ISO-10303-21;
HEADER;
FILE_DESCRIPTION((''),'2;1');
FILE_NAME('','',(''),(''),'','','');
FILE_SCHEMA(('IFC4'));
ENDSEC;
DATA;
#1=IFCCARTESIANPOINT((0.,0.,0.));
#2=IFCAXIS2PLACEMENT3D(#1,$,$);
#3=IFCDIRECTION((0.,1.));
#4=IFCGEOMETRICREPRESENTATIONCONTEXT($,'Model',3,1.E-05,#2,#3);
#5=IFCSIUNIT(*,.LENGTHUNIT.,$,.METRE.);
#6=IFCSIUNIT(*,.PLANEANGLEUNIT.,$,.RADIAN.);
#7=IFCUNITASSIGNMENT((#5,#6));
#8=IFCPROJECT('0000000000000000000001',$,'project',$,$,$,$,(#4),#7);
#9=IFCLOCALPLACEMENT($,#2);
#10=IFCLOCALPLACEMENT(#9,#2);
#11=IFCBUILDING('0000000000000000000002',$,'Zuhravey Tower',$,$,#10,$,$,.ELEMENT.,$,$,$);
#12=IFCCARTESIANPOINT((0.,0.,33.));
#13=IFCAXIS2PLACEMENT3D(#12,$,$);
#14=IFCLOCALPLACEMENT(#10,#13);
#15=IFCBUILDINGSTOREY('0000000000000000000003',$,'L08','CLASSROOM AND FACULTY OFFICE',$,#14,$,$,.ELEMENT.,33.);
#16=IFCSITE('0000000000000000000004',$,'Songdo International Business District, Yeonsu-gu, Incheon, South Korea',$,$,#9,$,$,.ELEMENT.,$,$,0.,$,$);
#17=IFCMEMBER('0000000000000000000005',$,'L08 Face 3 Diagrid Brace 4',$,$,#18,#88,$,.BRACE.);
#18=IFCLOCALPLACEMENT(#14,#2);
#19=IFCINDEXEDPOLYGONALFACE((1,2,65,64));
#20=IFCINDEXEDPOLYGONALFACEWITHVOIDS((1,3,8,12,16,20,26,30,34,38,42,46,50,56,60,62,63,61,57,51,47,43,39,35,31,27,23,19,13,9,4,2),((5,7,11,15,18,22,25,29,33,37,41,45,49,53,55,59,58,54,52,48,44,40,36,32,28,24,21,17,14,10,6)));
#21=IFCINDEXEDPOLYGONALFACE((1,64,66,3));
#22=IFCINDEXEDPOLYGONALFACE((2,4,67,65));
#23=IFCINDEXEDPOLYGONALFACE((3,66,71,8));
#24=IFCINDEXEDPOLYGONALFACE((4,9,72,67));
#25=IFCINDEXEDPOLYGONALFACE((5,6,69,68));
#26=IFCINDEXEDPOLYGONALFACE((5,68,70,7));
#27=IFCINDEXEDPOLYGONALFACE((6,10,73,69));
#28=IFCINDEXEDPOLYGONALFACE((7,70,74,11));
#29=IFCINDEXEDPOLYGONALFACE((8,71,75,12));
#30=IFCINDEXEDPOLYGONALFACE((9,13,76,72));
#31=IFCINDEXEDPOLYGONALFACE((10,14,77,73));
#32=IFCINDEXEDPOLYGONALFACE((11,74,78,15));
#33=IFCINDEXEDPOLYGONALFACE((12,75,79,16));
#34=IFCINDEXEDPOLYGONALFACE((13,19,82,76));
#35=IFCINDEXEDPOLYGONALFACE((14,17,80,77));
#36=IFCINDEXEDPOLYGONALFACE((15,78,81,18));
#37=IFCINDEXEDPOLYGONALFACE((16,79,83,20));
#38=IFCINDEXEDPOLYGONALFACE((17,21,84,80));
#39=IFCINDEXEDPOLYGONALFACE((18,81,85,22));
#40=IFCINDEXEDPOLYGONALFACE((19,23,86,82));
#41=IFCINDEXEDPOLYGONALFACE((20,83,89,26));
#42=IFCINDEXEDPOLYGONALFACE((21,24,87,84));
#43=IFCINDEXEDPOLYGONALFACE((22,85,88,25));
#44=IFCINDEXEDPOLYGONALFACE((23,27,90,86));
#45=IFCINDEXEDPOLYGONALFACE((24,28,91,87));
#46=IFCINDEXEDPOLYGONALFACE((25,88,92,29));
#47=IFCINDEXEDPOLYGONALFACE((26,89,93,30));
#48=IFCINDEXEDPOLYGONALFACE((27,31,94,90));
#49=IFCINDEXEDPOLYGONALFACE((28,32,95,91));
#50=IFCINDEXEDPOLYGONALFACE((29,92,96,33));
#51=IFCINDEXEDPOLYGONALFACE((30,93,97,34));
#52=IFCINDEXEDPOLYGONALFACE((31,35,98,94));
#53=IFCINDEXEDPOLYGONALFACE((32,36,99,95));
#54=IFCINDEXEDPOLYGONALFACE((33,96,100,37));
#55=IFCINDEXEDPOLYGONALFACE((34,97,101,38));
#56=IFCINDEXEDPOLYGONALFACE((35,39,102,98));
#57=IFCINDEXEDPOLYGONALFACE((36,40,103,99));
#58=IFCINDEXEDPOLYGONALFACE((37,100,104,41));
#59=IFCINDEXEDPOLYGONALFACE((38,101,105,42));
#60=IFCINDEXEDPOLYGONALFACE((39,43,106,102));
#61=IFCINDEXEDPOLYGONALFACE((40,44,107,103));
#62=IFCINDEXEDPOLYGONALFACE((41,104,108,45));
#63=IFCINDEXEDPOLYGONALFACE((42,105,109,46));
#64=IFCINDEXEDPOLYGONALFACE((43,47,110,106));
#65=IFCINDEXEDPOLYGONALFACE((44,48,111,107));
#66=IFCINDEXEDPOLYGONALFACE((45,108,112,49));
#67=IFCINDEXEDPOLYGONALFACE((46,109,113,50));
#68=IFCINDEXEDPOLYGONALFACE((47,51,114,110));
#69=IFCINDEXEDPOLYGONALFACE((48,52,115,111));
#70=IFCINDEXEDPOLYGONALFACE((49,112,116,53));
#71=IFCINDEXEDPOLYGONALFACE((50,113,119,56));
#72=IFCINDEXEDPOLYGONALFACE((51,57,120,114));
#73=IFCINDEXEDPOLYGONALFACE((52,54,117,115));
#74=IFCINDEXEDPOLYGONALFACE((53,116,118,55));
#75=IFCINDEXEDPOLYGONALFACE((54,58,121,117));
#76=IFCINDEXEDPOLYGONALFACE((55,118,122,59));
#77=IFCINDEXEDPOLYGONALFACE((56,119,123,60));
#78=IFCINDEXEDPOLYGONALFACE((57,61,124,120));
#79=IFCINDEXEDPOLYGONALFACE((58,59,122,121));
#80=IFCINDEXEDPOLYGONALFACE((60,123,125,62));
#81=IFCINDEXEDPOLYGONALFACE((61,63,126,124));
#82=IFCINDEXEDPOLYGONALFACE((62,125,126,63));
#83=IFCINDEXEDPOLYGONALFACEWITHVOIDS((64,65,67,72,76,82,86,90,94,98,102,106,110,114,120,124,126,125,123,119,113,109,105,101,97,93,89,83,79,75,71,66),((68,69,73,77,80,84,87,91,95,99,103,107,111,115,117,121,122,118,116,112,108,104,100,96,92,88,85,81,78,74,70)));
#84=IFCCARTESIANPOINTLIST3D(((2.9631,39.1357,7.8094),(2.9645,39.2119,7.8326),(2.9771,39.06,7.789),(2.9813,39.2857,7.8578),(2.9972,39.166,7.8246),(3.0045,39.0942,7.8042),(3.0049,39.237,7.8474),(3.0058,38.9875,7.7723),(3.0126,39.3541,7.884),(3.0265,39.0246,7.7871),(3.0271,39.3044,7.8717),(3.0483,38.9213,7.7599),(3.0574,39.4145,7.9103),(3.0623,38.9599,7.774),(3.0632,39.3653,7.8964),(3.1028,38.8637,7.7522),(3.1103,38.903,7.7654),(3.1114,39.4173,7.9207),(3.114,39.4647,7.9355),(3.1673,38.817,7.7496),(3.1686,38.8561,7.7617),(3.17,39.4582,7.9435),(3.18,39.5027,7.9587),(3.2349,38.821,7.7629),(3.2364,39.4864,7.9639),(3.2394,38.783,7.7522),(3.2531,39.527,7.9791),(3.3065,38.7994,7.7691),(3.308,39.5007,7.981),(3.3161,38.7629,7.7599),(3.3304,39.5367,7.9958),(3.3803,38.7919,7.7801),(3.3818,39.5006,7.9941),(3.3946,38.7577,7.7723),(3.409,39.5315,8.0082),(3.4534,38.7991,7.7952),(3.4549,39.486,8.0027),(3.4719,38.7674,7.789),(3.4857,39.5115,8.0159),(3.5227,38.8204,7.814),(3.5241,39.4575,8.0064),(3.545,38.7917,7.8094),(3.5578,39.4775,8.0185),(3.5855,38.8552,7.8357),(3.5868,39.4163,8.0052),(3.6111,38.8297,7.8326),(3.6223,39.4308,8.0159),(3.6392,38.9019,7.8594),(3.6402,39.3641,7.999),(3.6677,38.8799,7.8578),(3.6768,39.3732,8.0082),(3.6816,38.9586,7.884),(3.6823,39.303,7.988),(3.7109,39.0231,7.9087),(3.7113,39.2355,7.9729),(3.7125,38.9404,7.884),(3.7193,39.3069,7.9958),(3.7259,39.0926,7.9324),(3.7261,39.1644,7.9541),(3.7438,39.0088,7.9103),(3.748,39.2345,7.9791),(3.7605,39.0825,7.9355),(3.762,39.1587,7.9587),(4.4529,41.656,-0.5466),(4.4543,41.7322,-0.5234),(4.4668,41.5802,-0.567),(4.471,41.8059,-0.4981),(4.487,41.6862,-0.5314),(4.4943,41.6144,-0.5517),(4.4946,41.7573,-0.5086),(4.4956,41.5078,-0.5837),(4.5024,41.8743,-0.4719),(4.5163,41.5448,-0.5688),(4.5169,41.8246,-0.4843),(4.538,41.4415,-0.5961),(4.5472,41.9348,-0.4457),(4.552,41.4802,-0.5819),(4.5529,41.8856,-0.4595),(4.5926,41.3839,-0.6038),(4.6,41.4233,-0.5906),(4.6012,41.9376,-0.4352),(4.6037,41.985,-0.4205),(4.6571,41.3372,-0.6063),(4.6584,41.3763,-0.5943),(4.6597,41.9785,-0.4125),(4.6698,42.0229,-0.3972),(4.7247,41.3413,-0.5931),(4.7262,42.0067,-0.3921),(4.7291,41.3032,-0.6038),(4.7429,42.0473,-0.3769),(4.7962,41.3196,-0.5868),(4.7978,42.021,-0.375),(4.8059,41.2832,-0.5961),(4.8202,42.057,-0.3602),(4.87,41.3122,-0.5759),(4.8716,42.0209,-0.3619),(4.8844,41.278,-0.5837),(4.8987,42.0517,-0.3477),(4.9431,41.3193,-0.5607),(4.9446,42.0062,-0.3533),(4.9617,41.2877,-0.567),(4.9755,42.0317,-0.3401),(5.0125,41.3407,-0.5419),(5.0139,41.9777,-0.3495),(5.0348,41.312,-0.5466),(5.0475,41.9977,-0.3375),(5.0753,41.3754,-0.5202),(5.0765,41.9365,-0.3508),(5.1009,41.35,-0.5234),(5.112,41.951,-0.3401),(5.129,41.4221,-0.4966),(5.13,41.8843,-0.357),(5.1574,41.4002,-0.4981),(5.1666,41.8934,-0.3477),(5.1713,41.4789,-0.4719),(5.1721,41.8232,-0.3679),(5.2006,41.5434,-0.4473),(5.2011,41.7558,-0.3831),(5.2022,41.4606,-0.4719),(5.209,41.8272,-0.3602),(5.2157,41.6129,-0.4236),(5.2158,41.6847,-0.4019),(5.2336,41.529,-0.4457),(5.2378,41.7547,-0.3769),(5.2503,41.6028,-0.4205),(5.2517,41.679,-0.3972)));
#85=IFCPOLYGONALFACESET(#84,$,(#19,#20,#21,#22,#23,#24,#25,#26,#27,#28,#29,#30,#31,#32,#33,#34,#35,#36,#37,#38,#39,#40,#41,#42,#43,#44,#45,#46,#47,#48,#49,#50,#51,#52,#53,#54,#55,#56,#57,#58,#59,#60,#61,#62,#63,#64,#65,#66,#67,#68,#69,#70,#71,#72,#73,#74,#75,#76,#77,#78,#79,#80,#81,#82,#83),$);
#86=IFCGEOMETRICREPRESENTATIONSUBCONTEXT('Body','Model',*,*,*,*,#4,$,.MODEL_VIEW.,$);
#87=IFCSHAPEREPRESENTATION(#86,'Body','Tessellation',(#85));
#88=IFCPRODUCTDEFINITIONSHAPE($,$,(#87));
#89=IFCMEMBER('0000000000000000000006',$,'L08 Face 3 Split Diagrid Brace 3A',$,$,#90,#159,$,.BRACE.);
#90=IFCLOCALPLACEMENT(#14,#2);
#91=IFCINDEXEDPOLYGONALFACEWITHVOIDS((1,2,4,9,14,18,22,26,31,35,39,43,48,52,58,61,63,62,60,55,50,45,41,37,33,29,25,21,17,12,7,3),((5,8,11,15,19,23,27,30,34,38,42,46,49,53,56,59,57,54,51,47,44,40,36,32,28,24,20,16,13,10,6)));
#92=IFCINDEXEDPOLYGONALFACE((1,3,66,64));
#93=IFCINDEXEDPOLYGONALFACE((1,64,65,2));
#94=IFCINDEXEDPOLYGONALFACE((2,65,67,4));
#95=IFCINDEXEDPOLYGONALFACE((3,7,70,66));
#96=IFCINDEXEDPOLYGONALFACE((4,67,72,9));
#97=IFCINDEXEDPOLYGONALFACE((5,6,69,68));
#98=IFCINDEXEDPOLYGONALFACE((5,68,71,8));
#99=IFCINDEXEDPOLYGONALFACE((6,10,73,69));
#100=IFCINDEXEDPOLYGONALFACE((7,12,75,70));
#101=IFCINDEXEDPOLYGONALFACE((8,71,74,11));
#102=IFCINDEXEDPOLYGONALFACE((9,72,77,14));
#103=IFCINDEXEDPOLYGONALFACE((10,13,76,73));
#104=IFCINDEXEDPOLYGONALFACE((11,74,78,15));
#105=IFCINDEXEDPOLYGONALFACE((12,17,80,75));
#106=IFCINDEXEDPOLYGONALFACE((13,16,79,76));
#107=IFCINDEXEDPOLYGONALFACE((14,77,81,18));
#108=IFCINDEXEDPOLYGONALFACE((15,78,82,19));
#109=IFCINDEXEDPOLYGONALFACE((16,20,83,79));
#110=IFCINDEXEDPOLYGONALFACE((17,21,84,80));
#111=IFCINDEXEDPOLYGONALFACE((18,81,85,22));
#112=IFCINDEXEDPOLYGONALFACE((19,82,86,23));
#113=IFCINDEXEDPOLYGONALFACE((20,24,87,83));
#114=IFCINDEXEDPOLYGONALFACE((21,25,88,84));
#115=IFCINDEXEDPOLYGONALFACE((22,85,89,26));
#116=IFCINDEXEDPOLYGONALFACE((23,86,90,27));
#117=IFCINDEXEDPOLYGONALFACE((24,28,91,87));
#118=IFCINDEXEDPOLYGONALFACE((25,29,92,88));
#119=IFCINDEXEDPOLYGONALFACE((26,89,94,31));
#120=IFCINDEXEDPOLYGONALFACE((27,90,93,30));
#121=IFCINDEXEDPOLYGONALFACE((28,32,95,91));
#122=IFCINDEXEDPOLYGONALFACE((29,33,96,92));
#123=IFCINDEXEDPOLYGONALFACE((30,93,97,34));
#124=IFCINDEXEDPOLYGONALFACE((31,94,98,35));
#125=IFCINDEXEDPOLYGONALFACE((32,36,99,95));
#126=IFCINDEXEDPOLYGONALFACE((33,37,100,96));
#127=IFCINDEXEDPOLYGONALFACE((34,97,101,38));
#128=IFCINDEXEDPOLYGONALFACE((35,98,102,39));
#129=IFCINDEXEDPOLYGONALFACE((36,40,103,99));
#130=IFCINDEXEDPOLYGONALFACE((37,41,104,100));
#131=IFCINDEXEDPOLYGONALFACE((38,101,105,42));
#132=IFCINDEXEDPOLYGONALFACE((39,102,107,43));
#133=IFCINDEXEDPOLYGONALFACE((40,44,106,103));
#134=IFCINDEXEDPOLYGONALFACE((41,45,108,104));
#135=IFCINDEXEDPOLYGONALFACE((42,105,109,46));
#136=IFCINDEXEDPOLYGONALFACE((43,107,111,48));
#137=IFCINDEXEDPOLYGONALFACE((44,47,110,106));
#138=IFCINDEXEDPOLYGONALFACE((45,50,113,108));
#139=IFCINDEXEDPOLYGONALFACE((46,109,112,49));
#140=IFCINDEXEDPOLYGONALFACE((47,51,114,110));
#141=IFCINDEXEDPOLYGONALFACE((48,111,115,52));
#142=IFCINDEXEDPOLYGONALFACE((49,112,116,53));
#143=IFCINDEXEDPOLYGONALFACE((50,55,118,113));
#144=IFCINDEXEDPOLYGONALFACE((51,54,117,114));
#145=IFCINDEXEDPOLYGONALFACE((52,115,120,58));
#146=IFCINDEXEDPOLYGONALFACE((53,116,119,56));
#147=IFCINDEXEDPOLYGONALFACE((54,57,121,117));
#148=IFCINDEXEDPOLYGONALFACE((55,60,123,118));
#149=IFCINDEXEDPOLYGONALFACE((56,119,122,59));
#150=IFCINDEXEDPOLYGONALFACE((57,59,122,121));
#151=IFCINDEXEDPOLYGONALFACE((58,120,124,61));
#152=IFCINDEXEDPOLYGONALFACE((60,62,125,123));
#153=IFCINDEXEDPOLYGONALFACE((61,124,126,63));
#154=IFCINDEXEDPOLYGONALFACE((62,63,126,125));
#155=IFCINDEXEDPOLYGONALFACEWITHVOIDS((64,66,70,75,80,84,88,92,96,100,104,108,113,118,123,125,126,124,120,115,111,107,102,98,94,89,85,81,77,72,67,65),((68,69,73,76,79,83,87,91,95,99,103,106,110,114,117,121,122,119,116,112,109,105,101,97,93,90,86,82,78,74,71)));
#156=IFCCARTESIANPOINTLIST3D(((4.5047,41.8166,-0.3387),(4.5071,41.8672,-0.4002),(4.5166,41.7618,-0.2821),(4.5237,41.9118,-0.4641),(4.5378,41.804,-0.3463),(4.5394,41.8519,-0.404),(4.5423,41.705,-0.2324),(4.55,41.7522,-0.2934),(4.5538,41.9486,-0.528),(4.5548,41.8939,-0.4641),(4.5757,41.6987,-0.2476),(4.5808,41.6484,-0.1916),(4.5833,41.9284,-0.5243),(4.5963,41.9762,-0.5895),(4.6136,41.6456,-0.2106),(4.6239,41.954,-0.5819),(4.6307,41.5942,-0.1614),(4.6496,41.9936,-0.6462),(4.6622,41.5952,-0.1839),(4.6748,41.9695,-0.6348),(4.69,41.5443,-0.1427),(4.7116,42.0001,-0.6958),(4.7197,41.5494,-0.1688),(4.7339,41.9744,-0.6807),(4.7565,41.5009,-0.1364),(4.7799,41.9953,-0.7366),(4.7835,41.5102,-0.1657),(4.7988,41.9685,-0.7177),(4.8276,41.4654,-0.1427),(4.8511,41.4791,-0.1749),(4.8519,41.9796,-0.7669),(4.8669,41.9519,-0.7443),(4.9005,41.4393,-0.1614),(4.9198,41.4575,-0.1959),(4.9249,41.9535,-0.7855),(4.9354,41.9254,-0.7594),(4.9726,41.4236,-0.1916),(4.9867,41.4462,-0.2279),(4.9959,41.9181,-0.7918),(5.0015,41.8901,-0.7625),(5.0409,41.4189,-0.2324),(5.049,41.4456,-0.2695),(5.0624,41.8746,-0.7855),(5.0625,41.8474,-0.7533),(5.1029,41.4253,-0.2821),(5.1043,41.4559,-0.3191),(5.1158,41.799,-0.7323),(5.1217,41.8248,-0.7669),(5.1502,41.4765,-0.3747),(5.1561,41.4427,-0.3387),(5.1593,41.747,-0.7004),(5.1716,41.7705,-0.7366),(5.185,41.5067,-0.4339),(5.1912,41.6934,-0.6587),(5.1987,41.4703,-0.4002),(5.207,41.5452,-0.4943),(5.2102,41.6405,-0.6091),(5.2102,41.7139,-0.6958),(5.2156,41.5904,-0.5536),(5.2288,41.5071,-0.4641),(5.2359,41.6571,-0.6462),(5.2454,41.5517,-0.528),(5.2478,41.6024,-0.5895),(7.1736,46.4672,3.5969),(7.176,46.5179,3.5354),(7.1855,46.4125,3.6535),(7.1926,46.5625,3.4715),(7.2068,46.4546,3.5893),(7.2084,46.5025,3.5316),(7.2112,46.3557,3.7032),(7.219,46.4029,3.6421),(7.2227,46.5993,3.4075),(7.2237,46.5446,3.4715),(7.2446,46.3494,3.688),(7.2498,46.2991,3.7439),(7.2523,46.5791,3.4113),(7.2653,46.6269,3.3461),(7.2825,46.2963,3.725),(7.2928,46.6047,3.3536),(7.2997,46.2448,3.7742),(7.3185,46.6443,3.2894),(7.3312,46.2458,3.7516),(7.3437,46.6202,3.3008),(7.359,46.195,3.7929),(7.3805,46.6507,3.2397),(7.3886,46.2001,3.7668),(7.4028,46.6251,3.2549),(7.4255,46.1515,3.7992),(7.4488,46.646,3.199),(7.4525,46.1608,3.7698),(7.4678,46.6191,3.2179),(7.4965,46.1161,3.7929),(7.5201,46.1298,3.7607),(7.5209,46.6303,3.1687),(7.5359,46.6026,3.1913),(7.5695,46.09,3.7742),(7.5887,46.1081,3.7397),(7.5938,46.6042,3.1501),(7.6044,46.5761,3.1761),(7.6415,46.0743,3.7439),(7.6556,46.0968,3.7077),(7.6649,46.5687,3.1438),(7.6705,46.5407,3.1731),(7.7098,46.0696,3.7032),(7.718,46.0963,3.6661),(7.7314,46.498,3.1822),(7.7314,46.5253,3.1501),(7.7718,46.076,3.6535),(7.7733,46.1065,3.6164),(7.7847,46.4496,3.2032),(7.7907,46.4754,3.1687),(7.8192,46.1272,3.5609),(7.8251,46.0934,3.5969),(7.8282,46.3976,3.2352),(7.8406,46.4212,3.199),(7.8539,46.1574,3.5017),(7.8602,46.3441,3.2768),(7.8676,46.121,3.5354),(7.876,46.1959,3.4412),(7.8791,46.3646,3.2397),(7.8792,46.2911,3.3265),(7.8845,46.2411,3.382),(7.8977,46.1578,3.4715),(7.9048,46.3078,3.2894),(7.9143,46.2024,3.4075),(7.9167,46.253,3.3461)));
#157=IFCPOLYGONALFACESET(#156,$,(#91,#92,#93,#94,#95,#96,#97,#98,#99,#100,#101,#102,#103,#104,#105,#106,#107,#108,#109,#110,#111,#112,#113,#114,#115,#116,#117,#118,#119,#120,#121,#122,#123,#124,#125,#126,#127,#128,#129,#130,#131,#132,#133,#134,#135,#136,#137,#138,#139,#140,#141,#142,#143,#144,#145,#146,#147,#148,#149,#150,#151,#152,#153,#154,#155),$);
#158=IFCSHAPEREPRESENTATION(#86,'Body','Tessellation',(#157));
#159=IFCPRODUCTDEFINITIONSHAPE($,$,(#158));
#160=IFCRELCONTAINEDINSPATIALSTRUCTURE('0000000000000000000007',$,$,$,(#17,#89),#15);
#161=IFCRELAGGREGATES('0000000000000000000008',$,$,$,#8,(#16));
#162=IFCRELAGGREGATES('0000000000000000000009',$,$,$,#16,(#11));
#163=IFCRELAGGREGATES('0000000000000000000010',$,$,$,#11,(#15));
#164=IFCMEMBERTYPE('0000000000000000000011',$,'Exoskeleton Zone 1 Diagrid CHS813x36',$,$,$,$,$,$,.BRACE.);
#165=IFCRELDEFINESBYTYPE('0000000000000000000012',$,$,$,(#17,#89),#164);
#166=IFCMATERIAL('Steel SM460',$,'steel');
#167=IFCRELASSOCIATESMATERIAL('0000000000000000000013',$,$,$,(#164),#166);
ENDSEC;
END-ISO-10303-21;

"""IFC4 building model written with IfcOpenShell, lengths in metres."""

from ifc_helpers import new_model, si_unit, direction, frame, origin, origin_2d, place, context, subcontext, project, spatial, hollow_circle, extrude, material, material_profile, profile_set, type_object, element, save


model = new_model("IFC4")

# Units and contexts
model_context = context("Model", 3, precision=1e-05, world=origin(), true_north=direction((0.0, 1.0)))
body_context = subcontext(model_context, "Body", "Model", "MODEL_VIEW")
ifc_project = project(units=[si_unit("LENGTHUNIT", "METRE"), si_unit("PLANEANGLEUNIT", "RADIAN")], contexts=[model_context])

# Site, building, storey
site_placement = place(None, origin())
site = spatial("IfcSite", under=ifc_project, at=site_placement, Name="Songdo International Business District, Yeonsu-gu, Incheon, South Korea", CompositionType="ELEMENT", RefElevation=0.0)
building_placement = place(site_placement, origin())
building = spatial("IfcBuilding", under=site, at=building_placement, Name="Zuhravey Tower", CompositionType="ELEMENT")
storey_placement = place(building_placement, frame((0.0, 0.0, 33.0)))
storey = spatial("IfcBuildingStorey", under=building, at=storey_placement, Name="L08", Description="CLASSROOM AND FACULTY OFFICE", CompositionType="ELEMENT", Elevation=33.0)

# Members
ifc_material_1 = material(Name="Steel SM460", Category="steel")
ifc_material_profile_1 = material_profile(ifc_material_1, hollow_circle(Radius=0.4065, WallThickness=0.0359, at=origin_2d()), Name="CHS-812.8x36")
ifc_profile_set_1 = profile_set([ifc_material_profile_1], Name="Steel SM460")
member_type_1 = type_object("IfcMemberType", Name="Exoskeleton Zone 1 Diagrid CHS813x36", PredefinedType="BRACE", material=ifc_profile_set_1)
member_1_placement = place(storey_placement, frame((4.8523, 41.6675, -0.4719), z_axis=(-0.168257, -0.284647, 0.943751), x_axis=(0.860852, -0.508856, 0.0)))
element("IfcMember", 1, at=member_1_placement, inside=storey, type_object=member_type_1, Name="L08 Face 3 Diagrid Brace 4", PredefinedType="BRACE", context=body_context, shape_type="SweptSolid", body=[
    extrude(hollow_circle(Radius=0.4065, WallThickness=0.0359, at=origin_2d()), origin(), (0.0, 0.0, 1.0), 8.854),
])
member_2_placement = place(storey_placement, frame((4.8762, 41.7095, -0.4641), z_axis=(0.401265, 0.699204, 0.591693), x_axis=(-0.867323, 0.497746, 0.0)))
element("IfcMember", 2, at=member_2_placement, inside=storey, type_object=member_type_1, Name="L08 Face 3 Split Diagrid Brace 3A", PredefinedType="BRACE", context=body_context, shape_type="SweptSolid", body=[
    extrude(hollow_circle(Radius=0.4065, WallThickness=0.0359, at=origin_2d()), origin(), (0.0, 0.0, 1.0), 6.6514),
])

save(model, "model.ifc")
